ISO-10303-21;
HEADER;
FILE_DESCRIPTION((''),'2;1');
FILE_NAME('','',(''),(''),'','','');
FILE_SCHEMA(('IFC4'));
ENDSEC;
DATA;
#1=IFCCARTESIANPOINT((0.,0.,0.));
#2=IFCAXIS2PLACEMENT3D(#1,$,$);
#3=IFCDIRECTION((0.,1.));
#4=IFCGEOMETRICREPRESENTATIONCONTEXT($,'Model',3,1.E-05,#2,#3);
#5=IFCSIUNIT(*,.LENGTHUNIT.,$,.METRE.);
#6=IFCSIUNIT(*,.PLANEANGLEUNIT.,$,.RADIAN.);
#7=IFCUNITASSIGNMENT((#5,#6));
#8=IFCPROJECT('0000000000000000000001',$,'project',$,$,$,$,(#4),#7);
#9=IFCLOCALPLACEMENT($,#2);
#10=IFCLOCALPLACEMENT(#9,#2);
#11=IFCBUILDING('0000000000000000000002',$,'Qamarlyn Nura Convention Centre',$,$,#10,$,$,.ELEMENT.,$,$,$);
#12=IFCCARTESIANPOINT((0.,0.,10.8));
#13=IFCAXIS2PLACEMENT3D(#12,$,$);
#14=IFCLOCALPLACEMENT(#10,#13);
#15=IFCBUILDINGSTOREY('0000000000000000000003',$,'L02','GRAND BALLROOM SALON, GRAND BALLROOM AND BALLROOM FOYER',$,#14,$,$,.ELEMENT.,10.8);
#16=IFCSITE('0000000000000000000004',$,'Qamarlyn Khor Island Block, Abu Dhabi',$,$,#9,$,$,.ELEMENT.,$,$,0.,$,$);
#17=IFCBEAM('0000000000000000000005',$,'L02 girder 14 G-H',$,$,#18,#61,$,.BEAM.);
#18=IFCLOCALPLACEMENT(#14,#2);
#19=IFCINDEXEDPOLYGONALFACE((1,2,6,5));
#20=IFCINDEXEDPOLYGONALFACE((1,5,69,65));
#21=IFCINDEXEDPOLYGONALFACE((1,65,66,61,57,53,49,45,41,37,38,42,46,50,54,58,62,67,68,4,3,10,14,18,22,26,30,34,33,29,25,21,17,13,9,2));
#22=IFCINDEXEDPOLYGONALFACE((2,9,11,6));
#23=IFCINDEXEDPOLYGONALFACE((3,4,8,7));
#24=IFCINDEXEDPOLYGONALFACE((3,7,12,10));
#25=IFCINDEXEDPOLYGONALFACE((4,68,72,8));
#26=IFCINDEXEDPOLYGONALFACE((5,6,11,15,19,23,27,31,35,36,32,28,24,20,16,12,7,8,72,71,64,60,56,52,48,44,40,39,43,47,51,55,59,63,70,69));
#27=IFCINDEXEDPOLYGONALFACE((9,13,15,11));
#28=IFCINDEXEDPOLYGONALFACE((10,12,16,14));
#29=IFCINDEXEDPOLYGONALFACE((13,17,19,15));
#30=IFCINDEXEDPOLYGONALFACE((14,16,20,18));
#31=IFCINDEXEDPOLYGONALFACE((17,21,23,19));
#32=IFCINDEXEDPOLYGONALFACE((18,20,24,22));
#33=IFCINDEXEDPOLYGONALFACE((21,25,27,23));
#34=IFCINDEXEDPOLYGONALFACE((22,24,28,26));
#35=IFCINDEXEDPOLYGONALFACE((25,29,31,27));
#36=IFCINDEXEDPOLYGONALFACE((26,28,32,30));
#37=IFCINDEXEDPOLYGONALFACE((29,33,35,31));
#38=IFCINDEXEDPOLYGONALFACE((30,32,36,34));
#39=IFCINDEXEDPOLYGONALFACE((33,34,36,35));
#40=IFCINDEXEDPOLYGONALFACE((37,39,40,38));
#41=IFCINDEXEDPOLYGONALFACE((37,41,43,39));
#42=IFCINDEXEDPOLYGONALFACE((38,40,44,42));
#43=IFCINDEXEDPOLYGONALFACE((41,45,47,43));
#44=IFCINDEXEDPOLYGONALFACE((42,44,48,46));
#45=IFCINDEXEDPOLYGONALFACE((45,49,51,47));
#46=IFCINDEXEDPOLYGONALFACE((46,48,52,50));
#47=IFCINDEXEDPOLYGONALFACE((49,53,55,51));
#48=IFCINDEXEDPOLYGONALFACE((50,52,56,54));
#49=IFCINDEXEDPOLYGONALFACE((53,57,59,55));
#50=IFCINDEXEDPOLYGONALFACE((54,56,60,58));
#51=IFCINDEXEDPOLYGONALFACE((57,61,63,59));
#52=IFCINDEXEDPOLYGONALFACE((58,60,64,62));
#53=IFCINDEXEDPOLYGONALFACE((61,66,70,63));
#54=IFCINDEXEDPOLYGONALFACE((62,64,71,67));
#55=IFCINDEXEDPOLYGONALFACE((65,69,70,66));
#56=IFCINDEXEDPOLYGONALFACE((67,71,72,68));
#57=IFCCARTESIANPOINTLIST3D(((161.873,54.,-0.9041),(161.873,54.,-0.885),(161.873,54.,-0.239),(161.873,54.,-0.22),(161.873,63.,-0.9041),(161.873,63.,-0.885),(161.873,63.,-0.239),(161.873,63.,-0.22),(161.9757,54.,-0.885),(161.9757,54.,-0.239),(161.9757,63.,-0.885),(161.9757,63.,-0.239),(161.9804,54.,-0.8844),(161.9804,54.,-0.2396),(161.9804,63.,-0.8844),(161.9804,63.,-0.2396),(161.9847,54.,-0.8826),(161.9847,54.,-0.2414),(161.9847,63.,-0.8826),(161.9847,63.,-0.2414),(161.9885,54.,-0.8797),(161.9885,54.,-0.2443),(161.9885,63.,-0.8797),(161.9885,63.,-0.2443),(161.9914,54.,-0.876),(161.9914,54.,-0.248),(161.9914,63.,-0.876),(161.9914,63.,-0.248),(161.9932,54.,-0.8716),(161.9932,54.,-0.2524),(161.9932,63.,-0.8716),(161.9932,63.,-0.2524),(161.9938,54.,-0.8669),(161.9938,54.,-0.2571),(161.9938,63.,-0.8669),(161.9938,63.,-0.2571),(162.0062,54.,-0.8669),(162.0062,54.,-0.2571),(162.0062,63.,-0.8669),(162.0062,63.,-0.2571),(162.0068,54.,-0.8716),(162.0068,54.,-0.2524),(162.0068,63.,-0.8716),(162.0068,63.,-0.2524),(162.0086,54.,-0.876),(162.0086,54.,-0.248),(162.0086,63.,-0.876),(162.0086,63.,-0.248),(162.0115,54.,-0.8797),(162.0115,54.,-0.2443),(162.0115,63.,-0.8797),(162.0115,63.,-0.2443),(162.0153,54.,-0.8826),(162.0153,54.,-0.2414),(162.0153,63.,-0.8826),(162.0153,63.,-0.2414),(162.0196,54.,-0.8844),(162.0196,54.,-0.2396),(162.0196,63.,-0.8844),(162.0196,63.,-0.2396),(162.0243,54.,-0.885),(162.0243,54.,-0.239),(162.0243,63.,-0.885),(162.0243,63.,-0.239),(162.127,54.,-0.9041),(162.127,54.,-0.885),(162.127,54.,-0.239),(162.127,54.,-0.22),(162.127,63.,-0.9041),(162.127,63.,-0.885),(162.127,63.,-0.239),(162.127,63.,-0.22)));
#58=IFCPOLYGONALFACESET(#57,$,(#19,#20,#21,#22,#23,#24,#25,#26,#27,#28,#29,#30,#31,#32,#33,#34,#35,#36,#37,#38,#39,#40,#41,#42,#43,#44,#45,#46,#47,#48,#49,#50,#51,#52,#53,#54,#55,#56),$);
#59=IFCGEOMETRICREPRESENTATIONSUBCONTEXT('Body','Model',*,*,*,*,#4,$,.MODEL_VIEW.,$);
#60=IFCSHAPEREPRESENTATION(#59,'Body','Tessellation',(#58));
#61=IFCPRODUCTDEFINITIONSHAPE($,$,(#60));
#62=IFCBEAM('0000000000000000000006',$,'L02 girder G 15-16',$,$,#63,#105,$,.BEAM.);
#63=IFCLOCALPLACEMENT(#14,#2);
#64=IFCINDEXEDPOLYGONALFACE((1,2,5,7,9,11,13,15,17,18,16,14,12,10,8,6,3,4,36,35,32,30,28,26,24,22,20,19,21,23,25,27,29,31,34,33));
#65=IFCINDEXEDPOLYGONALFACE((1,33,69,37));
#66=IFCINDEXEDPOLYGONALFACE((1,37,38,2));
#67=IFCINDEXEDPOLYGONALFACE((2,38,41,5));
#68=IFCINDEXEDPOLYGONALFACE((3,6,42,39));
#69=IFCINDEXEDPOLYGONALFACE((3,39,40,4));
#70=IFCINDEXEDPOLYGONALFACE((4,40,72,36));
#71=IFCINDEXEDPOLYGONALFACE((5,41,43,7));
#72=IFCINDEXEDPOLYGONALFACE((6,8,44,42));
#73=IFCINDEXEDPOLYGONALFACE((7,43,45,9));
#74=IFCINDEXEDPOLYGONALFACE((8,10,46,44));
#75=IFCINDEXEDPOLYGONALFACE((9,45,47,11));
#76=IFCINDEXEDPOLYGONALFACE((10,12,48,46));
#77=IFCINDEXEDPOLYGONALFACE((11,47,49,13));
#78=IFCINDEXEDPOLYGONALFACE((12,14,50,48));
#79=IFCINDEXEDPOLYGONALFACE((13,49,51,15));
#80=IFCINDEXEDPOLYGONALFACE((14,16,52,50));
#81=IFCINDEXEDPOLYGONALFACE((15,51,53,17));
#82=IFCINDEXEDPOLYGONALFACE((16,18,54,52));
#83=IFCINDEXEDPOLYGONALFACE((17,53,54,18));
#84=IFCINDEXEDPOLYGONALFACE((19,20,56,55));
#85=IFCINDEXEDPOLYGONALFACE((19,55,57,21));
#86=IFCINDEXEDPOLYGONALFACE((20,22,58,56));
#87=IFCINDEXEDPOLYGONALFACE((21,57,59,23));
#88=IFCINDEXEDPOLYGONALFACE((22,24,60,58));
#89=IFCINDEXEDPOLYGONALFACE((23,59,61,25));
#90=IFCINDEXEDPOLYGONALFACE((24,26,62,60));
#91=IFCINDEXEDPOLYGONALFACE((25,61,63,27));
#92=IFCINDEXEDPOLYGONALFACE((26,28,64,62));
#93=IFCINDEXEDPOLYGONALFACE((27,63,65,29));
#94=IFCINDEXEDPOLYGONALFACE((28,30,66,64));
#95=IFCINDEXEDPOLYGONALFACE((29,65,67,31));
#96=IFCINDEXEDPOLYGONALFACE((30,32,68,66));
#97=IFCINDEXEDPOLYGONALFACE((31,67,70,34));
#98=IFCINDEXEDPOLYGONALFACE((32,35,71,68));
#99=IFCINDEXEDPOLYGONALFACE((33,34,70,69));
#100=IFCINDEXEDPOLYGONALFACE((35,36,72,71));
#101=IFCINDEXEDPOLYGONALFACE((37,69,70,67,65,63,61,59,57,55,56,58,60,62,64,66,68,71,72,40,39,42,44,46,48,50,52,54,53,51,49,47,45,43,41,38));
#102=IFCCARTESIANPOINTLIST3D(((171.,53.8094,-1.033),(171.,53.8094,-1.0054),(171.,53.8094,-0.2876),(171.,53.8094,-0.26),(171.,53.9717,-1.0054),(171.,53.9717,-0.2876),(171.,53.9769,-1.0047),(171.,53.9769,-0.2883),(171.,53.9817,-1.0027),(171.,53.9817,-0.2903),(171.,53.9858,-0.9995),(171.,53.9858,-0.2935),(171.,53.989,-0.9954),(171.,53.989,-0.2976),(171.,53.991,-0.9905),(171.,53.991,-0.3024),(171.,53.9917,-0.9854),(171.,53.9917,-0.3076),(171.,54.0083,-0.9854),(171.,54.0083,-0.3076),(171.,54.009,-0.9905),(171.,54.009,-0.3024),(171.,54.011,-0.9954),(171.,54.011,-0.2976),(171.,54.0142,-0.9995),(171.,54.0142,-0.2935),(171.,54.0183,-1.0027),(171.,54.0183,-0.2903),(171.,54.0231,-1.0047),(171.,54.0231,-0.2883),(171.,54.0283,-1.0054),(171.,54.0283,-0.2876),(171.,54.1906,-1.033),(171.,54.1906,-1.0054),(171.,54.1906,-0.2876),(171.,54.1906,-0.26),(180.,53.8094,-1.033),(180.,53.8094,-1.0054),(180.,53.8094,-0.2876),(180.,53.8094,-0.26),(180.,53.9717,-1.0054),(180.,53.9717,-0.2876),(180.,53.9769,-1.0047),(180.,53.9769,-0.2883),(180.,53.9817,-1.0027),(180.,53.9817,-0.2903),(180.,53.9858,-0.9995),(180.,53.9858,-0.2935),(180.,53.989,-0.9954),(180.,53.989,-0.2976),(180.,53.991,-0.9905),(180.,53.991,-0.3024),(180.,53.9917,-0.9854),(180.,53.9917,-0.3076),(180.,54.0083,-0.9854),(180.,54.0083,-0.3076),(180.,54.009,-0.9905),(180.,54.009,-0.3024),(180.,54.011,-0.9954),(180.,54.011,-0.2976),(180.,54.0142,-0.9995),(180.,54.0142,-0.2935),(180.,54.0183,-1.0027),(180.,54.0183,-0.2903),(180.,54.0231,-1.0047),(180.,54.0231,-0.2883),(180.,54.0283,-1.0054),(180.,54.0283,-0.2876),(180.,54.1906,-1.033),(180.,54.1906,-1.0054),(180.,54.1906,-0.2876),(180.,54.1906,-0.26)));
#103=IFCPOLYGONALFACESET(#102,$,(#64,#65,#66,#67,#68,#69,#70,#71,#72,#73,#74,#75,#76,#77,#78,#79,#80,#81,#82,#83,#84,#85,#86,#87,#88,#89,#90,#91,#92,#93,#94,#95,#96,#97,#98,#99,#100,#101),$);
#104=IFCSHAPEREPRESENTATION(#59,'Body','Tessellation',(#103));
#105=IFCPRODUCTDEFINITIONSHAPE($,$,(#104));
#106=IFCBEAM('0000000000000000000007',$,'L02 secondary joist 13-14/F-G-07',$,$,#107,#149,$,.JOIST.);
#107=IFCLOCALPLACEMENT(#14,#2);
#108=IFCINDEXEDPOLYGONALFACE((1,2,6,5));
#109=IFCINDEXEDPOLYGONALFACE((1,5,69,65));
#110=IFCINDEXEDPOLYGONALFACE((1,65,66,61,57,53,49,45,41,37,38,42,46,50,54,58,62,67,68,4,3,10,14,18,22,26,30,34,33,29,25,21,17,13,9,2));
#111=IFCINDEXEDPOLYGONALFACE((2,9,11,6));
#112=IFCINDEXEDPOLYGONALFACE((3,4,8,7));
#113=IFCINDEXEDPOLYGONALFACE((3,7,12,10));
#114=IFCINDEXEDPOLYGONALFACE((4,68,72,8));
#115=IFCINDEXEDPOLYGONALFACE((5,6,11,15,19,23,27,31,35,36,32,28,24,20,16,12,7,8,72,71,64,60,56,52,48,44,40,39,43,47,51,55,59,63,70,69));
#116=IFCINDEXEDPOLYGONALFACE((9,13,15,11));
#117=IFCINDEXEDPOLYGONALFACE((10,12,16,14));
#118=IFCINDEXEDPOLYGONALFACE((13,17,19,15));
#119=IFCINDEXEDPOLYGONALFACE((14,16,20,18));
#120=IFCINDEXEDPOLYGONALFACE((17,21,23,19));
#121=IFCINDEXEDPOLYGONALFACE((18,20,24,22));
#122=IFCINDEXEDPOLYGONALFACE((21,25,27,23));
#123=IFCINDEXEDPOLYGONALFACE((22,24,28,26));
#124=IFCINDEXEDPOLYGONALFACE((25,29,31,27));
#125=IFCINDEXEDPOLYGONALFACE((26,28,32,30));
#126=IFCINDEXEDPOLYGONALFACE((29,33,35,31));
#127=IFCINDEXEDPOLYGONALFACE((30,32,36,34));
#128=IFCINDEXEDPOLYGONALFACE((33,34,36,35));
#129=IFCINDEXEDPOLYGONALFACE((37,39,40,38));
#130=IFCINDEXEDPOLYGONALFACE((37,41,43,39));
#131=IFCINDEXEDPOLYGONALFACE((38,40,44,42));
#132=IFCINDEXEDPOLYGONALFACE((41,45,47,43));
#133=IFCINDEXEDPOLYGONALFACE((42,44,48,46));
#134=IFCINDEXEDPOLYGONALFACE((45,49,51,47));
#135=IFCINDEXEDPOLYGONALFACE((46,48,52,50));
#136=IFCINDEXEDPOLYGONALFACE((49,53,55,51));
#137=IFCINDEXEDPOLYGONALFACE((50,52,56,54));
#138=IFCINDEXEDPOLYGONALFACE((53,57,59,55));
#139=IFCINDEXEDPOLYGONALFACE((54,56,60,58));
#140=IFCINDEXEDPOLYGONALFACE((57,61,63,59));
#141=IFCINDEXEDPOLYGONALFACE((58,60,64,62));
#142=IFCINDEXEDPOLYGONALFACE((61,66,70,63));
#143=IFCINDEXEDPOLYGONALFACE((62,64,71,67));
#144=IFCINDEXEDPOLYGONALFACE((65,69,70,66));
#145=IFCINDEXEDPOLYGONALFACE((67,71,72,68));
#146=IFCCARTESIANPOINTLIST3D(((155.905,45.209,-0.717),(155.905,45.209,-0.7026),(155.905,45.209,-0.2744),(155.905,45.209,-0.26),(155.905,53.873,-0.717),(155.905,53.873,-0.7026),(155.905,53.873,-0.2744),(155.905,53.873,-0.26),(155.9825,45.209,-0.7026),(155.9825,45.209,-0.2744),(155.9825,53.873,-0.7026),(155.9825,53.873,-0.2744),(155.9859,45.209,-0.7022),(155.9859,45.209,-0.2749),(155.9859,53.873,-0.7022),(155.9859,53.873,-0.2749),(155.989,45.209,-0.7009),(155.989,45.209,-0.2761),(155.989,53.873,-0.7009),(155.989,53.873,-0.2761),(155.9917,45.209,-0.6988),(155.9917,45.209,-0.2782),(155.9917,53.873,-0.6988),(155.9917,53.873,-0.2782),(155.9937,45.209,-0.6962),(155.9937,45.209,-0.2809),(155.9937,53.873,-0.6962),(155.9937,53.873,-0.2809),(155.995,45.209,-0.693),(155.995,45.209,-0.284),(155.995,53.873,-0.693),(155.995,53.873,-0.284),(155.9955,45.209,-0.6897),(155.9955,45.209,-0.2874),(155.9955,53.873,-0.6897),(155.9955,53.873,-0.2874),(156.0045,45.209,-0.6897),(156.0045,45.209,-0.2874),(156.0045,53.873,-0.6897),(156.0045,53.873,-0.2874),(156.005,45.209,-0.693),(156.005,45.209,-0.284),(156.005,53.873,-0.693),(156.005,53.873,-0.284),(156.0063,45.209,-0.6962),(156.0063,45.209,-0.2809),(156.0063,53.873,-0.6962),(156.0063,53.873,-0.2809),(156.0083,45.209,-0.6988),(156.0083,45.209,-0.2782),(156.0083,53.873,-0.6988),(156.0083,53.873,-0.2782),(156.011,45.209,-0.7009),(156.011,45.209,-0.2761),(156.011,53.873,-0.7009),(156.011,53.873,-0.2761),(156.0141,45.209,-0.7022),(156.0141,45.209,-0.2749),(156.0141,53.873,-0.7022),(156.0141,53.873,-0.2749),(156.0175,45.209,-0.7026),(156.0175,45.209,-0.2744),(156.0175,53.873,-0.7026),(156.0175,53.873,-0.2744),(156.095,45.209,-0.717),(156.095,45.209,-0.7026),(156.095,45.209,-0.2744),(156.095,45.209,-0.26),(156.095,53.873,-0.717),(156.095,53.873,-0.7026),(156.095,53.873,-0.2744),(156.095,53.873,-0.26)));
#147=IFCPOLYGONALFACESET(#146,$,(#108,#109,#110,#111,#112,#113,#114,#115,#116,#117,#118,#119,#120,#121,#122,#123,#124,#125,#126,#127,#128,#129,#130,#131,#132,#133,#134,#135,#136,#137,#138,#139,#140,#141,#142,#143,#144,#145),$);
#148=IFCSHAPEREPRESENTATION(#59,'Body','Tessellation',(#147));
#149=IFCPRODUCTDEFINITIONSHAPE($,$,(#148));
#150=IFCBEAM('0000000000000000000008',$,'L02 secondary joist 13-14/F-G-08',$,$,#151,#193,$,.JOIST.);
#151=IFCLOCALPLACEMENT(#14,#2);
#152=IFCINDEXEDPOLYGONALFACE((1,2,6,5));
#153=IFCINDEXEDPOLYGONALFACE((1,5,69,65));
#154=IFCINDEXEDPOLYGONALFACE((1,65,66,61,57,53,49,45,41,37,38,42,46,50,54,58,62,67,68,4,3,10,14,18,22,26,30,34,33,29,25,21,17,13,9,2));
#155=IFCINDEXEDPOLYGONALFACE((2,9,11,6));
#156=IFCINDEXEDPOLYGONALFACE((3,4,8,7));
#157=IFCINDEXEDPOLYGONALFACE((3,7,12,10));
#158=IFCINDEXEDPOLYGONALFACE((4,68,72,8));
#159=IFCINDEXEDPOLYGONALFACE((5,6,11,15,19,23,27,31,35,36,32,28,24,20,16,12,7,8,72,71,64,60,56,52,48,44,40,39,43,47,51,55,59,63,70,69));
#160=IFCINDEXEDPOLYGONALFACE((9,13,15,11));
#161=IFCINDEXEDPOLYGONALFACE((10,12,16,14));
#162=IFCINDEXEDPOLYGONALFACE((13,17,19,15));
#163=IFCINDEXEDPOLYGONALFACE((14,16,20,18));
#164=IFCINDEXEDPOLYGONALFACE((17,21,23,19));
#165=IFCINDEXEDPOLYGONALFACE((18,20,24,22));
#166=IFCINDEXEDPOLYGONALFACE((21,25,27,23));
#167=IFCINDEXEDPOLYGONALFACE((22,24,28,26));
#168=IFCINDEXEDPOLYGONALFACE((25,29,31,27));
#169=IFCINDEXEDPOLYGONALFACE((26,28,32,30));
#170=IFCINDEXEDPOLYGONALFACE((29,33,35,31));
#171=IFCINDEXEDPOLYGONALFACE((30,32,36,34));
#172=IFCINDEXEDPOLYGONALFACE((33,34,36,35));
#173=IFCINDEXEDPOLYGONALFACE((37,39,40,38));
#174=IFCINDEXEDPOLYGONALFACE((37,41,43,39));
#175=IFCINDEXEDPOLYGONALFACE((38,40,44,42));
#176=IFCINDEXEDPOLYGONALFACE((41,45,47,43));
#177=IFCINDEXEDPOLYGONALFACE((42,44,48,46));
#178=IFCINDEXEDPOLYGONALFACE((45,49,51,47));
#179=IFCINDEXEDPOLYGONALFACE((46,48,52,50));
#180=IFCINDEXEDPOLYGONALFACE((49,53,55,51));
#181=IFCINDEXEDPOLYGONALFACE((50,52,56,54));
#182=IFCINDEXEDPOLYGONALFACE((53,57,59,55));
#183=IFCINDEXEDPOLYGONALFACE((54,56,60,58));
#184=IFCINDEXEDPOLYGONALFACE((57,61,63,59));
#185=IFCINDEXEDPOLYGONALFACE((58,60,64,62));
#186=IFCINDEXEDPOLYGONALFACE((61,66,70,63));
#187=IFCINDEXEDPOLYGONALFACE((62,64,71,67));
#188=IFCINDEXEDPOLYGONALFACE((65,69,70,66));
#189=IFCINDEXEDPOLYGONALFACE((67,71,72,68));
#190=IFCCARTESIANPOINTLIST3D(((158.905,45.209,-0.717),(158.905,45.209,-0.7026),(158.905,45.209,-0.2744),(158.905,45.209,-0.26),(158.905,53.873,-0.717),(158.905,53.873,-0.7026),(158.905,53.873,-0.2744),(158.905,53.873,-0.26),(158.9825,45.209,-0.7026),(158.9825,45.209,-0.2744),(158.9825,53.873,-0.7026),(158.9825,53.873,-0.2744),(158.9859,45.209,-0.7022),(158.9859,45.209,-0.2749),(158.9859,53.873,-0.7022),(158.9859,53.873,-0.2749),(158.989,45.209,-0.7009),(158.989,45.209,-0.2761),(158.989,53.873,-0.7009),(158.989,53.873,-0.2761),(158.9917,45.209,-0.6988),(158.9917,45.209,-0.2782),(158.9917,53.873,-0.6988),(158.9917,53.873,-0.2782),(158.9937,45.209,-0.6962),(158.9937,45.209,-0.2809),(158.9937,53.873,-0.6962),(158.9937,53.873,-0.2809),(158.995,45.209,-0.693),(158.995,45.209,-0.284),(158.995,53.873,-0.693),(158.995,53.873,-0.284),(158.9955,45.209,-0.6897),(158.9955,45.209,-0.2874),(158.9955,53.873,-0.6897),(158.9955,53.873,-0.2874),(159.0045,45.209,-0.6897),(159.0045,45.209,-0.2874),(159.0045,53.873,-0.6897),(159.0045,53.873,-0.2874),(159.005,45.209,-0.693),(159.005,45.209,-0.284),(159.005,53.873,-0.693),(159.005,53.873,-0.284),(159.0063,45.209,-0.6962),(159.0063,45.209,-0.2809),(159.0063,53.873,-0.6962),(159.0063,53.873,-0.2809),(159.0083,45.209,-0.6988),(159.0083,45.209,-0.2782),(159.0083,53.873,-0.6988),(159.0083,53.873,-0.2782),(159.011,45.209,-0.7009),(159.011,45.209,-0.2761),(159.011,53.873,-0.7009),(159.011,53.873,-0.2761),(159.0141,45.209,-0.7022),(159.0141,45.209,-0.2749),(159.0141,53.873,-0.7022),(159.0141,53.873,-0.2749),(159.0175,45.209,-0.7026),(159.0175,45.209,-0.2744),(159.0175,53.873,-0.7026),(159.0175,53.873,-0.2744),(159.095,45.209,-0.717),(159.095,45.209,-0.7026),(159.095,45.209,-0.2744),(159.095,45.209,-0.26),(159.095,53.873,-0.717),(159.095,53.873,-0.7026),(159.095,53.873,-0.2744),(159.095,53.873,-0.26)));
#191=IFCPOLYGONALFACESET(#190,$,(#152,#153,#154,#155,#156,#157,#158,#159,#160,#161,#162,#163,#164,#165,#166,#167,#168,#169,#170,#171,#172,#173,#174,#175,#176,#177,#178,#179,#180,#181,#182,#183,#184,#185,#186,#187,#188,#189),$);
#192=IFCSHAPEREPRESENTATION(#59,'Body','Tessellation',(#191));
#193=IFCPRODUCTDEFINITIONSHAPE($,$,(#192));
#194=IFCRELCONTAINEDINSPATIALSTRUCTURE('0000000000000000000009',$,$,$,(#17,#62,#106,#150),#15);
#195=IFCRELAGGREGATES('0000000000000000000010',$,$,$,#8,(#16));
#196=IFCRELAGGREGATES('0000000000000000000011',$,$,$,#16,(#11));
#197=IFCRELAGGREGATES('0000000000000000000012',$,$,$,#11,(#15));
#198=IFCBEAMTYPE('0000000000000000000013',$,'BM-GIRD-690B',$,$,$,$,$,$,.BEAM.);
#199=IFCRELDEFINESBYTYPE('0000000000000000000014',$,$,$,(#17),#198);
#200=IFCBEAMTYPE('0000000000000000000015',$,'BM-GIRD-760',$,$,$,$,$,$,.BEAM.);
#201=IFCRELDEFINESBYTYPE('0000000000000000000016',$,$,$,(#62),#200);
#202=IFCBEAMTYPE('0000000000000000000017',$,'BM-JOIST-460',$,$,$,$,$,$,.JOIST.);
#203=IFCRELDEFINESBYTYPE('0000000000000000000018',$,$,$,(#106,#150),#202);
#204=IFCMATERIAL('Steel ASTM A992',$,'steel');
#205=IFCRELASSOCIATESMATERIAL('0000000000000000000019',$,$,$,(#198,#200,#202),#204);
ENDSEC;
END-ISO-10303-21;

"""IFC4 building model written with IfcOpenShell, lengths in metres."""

from ifc_helpers import new_model, si_unit, direction, frame, origin, origin_2d, place, context, subcontext, project, spatial, i_section, extrude, material, material_profile, profile_set, type_object, element, save


model = new_model("IFC4")

# Units and contexts
model_context = context("Model", 3, precision=1e-05, world=origin(), true_north=direction((0.0, 1.0)))
body_context = subcontext(model_context, "Body", "Model", "MODEL_VIEW")
ifc_project = project(units=[si_unit("LENGTHUNIT", "METRE"), si_unit("PLANEANGLEUNIT", "RADIAN")], contexts=[model_context])

# Site, building, storey
site_placement = place(None, origin())
site = spatial("IfcSite", under=ifc_project, at=site_placement, Name="Qamarlyn Khor Island Block, Abu Dhabi", CompositionType="ELEMENT", RefElevation=0.0)
building_placement = place(site_placement, origin())
building = spatial("IfcBuilding", under=site, at=building_placement, Name="Qamarlyn Nura Convention Centre", CompositionType="ELEMENT")
storey_placement = place(building_placement, frame((0.0, 0.0, 10.8)))
storey = spatial("IfcBuildingStorey", under=building, at=storey_placement, Name="L02", Description="GRAND BALLROOM SALON, GRAND BALLROOM AND BALLROOM FOYER", CompositionType="ELEMENT", Elevation=10.8)

# Shared definitions
ifc_material_1 = material(Name="Steel ASTM A992", Category="steel")

# Beams
ifc_material_profile_1 = material_profile(ifc_material_1, i_section(OverallWidth=0.2539, OverallDepth=0.6841, WebThickness=0.0125, FlangeThickness=0.019, FilletRadius=0.0181, at=origin_2d()), Name="W690X140")
ifc_profile_set_1 = profile_set([ifc_material_profile_1], Name="Steel ASTM A992")
beam_type_1 = type_object("IfcBeamType", Name="BM-GIRD-690B", PredefinedType="BEAM", material=ifc_profile_set_1)
beam_1_placement = place(storey_placement, frame((162.0, 54.0, -0.562), z_axis=(0.0, 1.0, 0.0), x_axis=(-1.0, 0.0, 0.0)))
element("IfcBeam", 1, at=beam_1_placement, inside=storey, type_object=beam_type_1, Name="L02 girder 14 G-H", PredefinedType="BEAM", context=body_context, shape_type="SweptSolid", body=[
    extrude(i_section(OverallWidth=0.2539, OverallDepth=0.6841, WebThickness=0.0125, FlangeThickness=0.019, FilletRadius=0.0181, at=origin_2d()), origin(), (0.0, 0.0, 1.0), 9.0),
])
ifc_material_profile_2 = material_profile(ifc_material_1, i_section(OverallWidth=0.3811, OverallDepth=0.7729, WebThickness=0.0166, FlangeThickness=0.0276, FilletRadius=0.02, at=origin_2d()), Name="W760X257")
ifc_profile_set_2 = profile_set([ifc_material_profile_2], Name="Steel ASTM A992")
beam_type_2 = type_object("IfcBeamType", Name="BM-GIRD-760", PredefinedType="BEAM", material=ifc_profile_set_2)
beam_2_placement = place(storey_placement, frame((171.0, 54.0, -0.6465), z_axis=(1.0, 0.0, 0.0), x_axis=(0.0, 1.0, 0.0)))
element("IfcBeam", 2, at=beam_2_placement, inside=storey, type_object=beam_type_2, Name="L02 girder G 15-16", PredefinedType="BEAM", context=body_context, shape_type="SweptSolid", body=[
    extrude(i_section(OverallWidth=0.3811, OverallDepth=0.7729, WebThickness=0.0166, FlangeThickness=0.0276, FilletRadius=0.02, at=origin_2d()), origin(), (0.0, 0.0, 1.0), 9.0),
])
ifc_material_profile_3 = material_profile(ifc_material_1, i_section(OverallWidth=0.1899, OverallDepth=0.457, WebThickness=0.009, FlangeThickness=0.0144, FilletRadius=0.0129, at=origin_2d()), Name="W460X74")
ifc_profile_set_3 = profile_set([ifc_material_profile_3], Name="Steel ASTM A992")
beam_type_3 = type_object("IfcBeamType", Name="BM-JOIST-460", PredefinedType="JOIST", material=ifc_profile_set_3)
for number, where, z_axis, x_axis, name in (
    (3, (156.0, 45.209, -0.4885), (0.0, 1.0, 0.0), (-1.0, 0.0, 0.0), "L02 secondary joist 13-14/F-G-07"),
    (4, (159.0, 45.209, -0.4885), (0.0, 1.0, 0.0), (-1.0, 0.0, 0.0), "L02 secondary joist 13-14/F-G-08"),
):
    element("IfcBeam", number, at=place(storey_placement, frame(where, z_axis=z_axis, x_axis=x_axis)), inside=storey, type_object=beam_type_3, Name=name, PredefinedType="JOIST", context=body_context, shape_type="SweptSolid", body=[
        extrude(i_section(OverallWidth=0.1899, OverallDepth=0.457, WebThickness=0.009, FlangeThickness=0.0144, FilletRadius=0.0129, at=origin_2d()), origin(), (0.0, 0.0, 1.0), 8.6641),
    ])

save(model, "model.ifc")
